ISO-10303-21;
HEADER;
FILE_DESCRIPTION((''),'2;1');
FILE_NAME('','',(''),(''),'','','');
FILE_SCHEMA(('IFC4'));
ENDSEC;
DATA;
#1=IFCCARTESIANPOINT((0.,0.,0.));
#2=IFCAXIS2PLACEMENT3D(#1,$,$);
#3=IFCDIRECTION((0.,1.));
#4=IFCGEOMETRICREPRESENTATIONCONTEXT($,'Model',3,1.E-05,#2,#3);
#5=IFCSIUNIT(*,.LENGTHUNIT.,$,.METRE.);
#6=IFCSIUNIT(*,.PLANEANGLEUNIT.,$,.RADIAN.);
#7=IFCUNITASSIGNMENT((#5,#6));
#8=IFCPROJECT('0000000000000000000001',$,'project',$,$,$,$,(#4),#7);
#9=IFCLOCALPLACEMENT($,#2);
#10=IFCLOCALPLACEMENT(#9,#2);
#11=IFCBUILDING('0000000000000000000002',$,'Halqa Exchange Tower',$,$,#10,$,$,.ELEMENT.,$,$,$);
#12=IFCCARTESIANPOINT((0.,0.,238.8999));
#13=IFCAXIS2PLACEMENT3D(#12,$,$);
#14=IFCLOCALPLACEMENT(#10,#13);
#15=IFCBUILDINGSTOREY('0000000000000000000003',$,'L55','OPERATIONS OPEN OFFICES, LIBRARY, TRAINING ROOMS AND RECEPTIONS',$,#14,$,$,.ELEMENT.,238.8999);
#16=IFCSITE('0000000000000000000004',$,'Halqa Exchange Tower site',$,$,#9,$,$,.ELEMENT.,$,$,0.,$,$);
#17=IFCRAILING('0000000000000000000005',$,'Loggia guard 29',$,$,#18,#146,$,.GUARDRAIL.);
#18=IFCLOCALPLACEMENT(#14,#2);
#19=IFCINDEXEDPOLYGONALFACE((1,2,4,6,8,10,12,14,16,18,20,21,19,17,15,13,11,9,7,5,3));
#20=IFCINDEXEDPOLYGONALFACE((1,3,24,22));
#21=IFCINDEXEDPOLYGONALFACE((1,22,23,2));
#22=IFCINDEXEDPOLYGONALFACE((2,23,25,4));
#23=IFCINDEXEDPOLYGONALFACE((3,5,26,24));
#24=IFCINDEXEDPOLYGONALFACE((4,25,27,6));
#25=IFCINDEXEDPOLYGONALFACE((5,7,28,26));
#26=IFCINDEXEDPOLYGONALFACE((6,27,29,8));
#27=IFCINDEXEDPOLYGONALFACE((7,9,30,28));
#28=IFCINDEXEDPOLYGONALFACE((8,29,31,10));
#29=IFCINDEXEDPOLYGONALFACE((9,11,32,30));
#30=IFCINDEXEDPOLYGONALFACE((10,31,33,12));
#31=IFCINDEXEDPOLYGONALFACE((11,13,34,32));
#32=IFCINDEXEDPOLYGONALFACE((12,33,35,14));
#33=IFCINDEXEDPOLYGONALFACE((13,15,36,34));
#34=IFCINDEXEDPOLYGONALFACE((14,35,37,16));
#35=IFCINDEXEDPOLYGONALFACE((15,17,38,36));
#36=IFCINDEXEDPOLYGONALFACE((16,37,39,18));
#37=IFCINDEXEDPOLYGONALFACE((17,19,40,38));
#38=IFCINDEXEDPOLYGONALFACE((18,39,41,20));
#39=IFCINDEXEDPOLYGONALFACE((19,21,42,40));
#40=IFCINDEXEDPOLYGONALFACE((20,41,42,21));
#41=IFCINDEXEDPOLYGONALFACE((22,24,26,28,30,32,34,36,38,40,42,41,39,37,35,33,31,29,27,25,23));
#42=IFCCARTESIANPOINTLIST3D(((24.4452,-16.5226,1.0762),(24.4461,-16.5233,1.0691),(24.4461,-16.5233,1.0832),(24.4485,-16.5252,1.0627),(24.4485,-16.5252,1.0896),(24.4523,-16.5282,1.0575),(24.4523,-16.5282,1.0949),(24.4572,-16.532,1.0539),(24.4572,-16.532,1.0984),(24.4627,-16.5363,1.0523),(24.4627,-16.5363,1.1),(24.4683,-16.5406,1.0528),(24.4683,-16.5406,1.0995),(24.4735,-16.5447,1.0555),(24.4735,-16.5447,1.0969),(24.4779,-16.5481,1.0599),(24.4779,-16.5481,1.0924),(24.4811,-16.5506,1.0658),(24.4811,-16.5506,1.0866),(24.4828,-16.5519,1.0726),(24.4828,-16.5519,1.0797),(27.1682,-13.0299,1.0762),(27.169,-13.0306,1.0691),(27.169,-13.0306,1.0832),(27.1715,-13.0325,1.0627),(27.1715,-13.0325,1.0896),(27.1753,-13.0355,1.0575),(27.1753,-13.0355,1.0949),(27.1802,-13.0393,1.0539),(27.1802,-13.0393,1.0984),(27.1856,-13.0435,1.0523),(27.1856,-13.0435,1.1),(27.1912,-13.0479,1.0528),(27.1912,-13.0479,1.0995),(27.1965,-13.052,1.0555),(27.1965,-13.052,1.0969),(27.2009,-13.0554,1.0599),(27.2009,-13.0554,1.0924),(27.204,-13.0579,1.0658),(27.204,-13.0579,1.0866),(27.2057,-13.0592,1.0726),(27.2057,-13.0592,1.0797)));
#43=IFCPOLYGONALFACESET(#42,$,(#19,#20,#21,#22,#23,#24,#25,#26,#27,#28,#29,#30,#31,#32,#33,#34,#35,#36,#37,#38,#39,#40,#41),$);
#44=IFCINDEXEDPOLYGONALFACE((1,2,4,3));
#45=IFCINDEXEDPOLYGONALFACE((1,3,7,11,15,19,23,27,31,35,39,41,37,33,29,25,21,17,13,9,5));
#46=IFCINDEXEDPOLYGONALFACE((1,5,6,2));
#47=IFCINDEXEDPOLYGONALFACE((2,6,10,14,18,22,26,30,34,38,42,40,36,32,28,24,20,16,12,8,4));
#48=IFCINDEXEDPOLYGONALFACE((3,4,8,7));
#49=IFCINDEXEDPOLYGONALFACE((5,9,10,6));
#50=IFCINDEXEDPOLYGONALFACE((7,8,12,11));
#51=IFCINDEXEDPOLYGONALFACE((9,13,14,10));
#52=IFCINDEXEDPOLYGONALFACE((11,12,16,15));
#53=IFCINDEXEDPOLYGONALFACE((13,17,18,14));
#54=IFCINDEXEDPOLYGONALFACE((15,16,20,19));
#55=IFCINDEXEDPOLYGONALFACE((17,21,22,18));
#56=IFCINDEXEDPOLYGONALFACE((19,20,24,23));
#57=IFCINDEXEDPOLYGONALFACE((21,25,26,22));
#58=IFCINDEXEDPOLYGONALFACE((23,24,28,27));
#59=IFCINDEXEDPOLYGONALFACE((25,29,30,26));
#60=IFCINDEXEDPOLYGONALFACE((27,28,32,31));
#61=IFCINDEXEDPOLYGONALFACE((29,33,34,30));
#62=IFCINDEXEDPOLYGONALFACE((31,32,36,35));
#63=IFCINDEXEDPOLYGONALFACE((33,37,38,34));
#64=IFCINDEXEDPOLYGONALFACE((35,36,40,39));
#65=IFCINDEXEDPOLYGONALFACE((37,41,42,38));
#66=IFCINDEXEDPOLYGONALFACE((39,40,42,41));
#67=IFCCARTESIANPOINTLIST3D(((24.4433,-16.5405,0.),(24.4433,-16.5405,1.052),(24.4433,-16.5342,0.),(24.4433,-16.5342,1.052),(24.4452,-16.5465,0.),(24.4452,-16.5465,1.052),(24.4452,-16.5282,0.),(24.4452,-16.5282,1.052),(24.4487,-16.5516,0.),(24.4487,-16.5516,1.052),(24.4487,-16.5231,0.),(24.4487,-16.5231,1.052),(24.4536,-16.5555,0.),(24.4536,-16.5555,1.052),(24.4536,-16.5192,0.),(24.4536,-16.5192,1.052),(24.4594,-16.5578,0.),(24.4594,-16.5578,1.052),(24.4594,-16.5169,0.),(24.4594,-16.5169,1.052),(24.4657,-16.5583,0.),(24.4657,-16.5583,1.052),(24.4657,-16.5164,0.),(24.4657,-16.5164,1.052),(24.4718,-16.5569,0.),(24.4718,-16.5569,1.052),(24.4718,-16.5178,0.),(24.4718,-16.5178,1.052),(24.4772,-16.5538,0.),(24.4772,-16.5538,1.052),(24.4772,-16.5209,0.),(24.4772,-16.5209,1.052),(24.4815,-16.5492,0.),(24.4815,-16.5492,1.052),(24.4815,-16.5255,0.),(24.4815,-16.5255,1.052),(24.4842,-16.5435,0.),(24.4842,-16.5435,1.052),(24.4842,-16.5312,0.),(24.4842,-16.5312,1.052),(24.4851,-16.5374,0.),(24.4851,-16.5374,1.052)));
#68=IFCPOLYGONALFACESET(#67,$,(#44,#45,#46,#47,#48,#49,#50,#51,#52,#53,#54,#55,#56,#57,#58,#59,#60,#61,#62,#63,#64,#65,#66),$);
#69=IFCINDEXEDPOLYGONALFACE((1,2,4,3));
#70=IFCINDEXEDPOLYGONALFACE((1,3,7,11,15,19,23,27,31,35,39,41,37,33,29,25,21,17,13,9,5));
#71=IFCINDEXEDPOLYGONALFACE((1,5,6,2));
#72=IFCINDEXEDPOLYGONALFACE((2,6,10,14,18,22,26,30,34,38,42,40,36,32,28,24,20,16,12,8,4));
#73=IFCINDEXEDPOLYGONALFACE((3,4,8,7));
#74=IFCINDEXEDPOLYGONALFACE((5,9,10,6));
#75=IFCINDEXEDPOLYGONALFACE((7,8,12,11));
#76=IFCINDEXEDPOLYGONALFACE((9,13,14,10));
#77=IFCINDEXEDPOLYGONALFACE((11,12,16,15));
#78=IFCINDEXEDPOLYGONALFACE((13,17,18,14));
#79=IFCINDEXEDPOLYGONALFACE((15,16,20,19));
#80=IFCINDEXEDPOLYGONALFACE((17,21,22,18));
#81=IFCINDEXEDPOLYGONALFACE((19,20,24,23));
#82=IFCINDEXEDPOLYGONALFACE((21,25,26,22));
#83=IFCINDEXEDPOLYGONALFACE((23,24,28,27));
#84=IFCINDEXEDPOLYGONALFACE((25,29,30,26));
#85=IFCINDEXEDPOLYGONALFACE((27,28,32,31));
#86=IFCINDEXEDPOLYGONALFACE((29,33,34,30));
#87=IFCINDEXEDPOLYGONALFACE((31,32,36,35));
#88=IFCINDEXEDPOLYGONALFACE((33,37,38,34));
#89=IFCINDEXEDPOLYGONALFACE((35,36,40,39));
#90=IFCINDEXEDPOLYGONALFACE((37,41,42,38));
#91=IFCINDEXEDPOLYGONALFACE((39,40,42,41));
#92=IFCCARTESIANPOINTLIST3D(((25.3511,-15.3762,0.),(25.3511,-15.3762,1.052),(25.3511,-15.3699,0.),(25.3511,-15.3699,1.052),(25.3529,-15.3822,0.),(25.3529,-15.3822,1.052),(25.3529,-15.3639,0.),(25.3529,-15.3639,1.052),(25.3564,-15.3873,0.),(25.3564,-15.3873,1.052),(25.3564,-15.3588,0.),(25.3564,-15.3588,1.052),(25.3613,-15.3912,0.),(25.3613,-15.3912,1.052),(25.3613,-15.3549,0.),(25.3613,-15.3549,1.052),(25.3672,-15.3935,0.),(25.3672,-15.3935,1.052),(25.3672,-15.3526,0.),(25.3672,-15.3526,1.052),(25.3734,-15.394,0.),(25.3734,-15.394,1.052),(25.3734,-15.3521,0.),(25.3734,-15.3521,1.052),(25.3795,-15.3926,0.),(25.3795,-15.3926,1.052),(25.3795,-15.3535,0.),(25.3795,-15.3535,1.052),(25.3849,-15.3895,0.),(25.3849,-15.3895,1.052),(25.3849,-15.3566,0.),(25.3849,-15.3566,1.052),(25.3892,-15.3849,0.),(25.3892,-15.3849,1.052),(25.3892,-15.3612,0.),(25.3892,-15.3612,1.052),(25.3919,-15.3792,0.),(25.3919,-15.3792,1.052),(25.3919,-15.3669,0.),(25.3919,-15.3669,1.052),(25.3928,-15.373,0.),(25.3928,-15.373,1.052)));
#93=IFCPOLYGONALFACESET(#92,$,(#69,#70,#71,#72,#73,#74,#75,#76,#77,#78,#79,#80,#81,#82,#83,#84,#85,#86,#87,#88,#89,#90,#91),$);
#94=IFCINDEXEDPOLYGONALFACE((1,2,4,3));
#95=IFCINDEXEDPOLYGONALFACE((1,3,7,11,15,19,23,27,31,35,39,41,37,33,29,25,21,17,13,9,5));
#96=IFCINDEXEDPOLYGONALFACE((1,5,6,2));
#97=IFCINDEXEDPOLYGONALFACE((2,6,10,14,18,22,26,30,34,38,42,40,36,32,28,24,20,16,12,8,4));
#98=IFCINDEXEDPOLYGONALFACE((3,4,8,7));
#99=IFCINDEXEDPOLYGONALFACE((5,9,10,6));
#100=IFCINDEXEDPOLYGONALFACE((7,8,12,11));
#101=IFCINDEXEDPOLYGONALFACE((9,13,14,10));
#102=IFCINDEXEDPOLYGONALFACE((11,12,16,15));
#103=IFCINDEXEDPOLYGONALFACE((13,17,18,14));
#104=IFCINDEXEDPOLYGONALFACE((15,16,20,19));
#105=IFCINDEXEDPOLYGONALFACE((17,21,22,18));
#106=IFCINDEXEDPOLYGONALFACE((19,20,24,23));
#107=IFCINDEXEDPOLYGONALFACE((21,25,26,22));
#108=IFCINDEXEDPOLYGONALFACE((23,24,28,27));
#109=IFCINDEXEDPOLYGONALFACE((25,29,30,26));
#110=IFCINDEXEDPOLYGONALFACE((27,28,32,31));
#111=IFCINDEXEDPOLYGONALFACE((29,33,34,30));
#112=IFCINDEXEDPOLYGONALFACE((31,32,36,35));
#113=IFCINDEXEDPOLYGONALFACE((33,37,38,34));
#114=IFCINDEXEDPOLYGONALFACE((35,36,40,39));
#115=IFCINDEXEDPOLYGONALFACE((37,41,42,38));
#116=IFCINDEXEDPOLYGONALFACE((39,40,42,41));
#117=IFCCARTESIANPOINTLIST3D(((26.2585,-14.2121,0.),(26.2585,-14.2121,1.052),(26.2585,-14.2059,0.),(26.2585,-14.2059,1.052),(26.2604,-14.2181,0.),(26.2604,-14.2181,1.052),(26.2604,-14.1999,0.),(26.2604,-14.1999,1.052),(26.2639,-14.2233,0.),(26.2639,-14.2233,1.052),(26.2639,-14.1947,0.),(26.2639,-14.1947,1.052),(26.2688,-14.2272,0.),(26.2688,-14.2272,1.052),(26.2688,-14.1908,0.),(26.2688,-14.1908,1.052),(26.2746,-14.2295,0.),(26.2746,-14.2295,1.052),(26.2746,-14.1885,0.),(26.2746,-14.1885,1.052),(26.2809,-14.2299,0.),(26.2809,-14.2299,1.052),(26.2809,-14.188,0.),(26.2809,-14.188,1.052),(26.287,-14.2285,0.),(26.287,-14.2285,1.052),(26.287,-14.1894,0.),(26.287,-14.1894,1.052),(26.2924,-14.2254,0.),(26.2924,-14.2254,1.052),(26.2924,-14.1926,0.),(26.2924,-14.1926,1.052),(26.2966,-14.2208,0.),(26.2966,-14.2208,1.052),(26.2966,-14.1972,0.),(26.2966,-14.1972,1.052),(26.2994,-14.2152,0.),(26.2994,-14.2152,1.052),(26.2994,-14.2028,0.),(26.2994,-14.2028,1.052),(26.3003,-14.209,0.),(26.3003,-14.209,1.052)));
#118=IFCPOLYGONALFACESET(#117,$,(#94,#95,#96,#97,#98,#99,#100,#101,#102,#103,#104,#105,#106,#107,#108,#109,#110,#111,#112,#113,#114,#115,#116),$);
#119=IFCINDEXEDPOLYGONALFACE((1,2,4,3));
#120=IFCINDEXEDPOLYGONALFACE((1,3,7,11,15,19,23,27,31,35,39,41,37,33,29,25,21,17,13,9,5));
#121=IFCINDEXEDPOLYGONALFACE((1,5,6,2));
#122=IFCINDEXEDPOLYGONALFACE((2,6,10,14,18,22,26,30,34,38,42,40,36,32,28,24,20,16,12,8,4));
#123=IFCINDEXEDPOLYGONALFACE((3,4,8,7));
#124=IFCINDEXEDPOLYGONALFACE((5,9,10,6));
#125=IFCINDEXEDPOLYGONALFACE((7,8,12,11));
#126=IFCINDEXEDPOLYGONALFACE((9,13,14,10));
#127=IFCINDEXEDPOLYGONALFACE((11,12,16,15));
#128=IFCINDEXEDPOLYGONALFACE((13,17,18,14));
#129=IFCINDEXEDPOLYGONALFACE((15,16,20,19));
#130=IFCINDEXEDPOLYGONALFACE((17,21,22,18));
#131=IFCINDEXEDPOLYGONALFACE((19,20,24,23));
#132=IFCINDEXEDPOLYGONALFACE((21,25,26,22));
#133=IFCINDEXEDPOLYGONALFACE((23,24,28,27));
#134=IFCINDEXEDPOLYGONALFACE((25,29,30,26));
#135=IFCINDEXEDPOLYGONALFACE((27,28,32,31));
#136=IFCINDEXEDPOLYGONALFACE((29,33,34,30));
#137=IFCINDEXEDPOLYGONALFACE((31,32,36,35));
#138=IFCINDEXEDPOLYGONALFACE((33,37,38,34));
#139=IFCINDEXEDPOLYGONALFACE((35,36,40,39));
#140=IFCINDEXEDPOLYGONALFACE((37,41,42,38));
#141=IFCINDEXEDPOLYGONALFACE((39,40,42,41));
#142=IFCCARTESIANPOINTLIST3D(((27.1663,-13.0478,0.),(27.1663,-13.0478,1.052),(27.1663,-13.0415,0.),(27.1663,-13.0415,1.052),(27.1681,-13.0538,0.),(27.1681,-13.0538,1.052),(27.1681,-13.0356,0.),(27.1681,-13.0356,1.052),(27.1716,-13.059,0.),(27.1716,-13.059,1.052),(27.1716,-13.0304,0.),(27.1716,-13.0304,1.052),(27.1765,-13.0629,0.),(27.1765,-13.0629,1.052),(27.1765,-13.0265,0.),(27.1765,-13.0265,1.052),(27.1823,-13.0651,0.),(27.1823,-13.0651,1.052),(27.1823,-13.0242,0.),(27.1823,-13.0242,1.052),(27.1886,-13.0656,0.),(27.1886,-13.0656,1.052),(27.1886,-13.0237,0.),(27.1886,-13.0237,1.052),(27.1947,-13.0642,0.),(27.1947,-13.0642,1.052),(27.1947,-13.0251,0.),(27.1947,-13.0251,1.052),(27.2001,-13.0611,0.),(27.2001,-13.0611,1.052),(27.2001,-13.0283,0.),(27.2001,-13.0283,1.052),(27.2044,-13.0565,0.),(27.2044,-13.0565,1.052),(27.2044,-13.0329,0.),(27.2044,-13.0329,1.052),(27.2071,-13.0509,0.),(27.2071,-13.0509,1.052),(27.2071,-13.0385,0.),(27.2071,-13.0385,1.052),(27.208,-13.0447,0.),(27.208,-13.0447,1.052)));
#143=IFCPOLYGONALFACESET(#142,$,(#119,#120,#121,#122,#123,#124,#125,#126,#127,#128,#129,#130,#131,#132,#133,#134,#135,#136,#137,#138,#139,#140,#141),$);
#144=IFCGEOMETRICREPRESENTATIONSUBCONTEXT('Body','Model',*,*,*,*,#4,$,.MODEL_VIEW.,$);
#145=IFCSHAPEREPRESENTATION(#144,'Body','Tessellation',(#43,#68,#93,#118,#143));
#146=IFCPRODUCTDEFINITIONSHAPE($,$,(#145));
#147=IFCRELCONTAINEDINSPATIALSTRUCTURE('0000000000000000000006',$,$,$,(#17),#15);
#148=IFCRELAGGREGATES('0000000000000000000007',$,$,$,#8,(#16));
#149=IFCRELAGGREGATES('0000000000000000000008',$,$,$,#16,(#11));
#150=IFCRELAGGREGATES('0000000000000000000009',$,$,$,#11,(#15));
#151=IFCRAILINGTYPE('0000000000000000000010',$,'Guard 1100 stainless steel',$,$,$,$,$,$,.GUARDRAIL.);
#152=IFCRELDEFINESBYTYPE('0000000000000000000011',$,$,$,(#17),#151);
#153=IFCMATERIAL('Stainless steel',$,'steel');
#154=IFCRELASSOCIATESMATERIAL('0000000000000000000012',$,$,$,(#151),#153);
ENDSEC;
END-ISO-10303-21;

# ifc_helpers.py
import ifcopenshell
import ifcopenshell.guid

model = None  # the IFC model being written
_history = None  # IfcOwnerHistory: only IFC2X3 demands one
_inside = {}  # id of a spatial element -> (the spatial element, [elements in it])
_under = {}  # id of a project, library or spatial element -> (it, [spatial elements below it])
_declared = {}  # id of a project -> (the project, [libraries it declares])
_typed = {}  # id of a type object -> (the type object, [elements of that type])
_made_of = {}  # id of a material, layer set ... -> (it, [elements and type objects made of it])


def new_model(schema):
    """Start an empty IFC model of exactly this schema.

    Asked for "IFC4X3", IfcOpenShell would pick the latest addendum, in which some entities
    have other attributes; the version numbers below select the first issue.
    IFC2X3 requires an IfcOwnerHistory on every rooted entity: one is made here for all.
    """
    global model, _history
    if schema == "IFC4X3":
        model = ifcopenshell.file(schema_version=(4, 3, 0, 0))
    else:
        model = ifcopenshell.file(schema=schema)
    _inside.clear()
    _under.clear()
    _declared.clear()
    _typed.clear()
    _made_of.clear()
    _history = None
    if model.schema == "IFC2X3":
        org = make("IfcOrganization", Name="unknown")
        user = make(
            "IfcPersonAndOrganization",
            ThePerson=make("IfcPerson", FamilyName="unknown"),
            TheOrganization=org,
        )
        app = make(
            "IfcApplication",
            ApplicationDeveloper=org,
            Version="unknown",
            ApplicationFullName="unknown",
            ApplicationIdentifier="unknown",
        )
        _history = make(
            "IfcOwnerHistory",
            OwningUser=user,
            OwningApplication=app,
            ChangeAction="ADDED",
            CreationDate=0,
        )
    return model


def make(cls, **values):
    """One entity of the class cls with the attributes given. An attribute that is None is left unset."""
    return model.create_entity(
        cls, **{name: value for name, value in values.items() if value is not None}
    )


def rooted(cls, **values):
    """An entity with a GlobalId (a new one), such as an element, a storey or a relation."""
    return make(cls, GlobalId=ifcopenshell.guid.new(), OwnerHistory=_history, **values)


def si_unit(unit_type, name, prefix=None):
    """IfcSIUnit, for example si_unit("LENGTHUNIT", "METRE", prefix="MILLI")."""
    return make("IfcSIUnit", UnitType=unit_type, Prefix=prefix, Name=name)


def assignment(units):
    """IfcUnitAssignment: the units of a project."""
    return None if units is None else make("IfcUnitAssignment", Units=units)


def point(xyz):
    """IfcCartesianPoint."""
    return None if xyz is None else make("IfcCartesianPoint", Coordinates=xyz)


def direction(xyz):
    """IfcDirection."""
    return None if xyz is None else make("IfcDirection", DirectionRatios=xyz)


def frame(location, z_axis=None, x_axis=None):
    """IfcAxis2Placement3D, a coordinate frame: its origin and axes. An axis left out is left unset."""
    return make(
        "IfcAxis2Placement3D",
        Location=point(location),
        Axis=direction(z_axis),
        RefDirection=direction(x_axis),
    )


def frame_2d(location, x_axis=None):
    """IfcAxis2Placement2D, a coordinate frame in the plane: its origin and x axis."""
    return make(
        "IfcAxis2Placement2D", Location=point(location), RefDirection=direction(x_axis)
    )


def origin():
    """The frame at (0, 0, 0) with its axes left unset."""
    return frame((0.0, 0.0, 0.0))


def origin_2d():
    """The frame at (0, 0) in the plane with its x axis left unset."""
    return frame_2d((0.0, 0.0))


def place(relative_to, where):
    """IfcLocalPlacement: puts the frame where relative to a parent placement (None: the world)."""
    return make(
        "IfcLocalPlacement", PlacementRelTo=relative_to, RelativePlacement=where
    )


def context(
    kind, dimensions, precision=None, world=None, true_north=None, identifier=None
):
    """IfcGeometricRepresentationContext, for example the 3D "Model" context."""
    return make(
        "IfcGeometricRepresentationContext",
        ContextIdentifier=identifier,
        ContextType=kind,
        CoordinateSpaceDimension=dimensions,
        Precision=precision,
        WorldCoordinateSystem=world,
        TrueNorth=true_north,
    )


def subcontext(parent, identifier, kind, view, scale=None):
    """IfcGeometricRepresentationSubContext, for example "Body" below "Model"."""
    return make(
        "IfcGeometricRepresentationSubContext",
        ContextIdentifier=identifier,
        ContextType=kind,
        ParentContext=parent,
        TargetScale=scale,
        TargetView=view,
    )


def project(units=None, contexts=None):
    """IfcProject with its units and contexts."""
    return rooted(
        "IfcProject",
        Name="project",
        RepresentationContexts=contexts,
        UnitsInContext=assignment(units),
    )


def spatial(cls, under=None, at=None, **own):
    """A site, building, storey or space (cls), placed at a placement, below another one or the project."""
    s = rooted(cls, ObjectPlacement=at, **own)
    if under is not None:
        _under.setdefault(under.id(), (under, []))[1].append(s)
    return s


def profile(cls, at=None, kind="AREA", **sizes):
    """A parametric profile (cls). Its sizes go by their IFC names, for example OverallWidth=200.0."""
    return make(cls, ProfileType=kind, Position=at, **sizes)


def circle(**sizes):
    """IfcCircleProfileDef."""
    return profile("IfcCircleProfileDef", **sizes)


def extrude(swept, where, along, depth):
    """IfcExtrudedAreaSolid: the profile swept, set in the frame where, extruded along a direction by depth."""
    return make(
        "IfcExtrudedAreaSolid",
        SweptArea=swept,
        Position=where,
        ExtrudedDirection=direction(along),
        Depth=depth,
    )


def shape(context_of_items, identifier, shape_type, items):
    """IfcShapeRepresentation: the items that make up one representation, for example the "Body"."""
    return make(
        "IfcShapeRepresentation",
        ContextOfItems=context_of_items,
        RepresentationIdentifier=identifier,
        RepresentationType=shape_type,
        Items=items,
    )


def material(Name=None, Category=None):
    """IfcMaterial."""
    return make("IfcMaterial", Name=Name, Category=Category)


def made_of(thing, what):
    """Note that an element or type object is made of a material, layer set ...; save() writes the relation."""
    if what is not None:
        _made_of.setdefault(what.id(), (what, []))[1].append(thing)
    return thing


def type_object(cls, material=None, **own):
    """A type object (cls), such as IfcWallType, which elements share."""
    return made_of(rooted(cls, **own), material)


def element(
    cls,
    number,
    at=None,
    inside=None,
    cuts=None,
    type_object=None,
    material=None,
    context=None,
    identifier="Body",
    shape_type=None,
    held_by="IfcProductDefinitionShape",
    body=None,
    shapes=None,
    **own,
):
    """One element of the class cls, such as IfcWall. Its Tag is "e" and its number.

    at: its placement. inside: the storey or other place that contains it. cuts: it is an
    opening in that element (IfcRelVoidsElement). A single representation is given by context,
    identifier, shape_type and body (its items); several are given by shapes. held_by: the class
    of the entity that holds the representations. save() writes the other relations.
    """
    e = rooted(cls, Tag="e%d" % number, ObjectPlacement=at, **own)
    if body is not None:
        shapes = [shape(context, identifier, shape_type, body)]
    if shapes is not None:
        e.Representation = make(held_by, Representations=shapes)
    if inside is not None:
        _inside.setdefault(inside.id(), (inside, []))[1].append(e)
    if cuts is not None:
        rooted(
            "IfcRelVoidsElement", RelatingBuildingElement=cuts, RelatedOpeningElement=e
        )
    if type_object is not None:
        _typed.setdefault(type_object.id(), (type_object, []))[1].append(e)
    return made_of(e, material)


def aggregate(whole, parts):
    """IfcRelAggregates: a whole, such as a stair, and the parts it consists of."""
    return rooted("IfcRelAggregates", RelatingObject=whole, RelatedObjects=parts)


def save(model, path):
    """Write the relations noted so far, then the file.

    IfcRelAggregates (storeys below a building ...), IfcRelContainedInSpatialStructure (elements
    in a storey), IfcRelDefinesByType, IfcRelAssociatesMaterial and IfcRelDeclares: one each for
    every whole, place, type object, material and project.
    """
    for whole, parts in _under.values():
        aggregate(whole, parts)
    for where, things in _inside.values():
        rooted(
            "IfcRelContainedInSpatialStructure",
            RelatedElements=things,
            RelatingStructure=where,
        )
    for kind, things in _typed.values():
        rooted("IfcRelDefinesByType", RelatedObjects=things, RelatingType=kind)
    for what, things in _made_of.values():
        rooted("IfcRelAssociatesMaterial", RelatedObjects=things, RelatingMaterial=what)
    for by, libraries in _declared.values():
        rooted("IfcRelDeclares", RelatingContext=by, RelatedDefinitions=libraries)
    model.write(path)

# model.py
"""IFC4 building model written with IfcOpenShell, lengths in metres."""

from ifc_helpers import new_model, si_unit, direction, frame, origin, origin_2d, place, context, subcontext, project, spatial, circle, extrude, material, type_object, element, save


model = new_model("IFC4")

# Units and contexts
model_context = context("Model", 3, precision=1e-05, world=origin(), true_north=direction((0.0, 1.0)))
body_context = subcontext(model_context, "Body", "Model", "MODEL_VIEW")
ifc_project = project(units=[si_unit("LENGTHUNIT", "METRE"), si_unit("PLANEANGLEUNIT", "RADIAN")], contexts=[model_context])

# Site, building, storey
site_placement = place(None, origin())
site = spatial("IfcSite", under=ifc_project, at=site_placement, Name="Halqa Exchange Tower site", CompositionType="ELEMENT", RefElevation=0.0)
building_placement = place(site_placement, origin())
building = spatial("IfcBuilding", under=site, at=building_placement, Name="Halqa Exchange Tower", CompositionType="ELEMENT")
storey_placement = place(building_placement, frame((0.0, 0.0, 238.8999)))
storey = spatial("IfcBuildingStorey", under=building, at=storey_placement, Name="L55", Description="OPERATIONS OPEN OFFICES, LIBRARY, TRAINING ROOMS AND RECEPTIONS", CompositionType="ELEMENT", Elevation=238.8999)

# Railing
ifc_material_1 = material(Name="Stainless steel", Category="steel")
railing_type = type_object("IfcRailingType", Name="Guard 1100 stainless steel", PredefinedType="GUARDRAIL", material=ifc_material_1)
railing_1_placement = place(storey_placement, frame((24.4641, -16.5374, 0.0)))
element("IfcRailing", 1, at=railing_1_placement, inside=storey, type_object=railing_type, Name="Loggia guard 29", PredefinedType="GUARDRAIL", context=body_context, shape_type="SweptSolid", body=[
    extrude(circle(Radius=0.0239, at=origin_2d()), frame((0.0, 0.0, 1.0762), z_axis=(0.614837, 0.788654, 0.0), x_axis=(-0.788654, 0.614837, 0.0)), (0.0, 0.0, 1.0), 4.4287),
    extrude(circle(Radius=0.021, at=origin_2d()), origin(), (0.0, 0.0, 1.0), 1.052),
    extrude(circle(Radius=0.021, at=origin_2d()), frame((0.9077, 1.1643, 0.0)), (0.0, 0.0, 1.0), 1.052),
    extrude(circle(Radius=0.021, at=origin_2d()), frame((1.8152, 2.3284, 0.0)), (0.0, 0.0, 1.0), 1.052),
    extrude(circle(Radius=0.021, at=origin_2d()), frame((2.7229, 3.4927, 0.0)), (0.0, 0.0, 1.0), 1.052),
])

save(model, "model.ifc")
